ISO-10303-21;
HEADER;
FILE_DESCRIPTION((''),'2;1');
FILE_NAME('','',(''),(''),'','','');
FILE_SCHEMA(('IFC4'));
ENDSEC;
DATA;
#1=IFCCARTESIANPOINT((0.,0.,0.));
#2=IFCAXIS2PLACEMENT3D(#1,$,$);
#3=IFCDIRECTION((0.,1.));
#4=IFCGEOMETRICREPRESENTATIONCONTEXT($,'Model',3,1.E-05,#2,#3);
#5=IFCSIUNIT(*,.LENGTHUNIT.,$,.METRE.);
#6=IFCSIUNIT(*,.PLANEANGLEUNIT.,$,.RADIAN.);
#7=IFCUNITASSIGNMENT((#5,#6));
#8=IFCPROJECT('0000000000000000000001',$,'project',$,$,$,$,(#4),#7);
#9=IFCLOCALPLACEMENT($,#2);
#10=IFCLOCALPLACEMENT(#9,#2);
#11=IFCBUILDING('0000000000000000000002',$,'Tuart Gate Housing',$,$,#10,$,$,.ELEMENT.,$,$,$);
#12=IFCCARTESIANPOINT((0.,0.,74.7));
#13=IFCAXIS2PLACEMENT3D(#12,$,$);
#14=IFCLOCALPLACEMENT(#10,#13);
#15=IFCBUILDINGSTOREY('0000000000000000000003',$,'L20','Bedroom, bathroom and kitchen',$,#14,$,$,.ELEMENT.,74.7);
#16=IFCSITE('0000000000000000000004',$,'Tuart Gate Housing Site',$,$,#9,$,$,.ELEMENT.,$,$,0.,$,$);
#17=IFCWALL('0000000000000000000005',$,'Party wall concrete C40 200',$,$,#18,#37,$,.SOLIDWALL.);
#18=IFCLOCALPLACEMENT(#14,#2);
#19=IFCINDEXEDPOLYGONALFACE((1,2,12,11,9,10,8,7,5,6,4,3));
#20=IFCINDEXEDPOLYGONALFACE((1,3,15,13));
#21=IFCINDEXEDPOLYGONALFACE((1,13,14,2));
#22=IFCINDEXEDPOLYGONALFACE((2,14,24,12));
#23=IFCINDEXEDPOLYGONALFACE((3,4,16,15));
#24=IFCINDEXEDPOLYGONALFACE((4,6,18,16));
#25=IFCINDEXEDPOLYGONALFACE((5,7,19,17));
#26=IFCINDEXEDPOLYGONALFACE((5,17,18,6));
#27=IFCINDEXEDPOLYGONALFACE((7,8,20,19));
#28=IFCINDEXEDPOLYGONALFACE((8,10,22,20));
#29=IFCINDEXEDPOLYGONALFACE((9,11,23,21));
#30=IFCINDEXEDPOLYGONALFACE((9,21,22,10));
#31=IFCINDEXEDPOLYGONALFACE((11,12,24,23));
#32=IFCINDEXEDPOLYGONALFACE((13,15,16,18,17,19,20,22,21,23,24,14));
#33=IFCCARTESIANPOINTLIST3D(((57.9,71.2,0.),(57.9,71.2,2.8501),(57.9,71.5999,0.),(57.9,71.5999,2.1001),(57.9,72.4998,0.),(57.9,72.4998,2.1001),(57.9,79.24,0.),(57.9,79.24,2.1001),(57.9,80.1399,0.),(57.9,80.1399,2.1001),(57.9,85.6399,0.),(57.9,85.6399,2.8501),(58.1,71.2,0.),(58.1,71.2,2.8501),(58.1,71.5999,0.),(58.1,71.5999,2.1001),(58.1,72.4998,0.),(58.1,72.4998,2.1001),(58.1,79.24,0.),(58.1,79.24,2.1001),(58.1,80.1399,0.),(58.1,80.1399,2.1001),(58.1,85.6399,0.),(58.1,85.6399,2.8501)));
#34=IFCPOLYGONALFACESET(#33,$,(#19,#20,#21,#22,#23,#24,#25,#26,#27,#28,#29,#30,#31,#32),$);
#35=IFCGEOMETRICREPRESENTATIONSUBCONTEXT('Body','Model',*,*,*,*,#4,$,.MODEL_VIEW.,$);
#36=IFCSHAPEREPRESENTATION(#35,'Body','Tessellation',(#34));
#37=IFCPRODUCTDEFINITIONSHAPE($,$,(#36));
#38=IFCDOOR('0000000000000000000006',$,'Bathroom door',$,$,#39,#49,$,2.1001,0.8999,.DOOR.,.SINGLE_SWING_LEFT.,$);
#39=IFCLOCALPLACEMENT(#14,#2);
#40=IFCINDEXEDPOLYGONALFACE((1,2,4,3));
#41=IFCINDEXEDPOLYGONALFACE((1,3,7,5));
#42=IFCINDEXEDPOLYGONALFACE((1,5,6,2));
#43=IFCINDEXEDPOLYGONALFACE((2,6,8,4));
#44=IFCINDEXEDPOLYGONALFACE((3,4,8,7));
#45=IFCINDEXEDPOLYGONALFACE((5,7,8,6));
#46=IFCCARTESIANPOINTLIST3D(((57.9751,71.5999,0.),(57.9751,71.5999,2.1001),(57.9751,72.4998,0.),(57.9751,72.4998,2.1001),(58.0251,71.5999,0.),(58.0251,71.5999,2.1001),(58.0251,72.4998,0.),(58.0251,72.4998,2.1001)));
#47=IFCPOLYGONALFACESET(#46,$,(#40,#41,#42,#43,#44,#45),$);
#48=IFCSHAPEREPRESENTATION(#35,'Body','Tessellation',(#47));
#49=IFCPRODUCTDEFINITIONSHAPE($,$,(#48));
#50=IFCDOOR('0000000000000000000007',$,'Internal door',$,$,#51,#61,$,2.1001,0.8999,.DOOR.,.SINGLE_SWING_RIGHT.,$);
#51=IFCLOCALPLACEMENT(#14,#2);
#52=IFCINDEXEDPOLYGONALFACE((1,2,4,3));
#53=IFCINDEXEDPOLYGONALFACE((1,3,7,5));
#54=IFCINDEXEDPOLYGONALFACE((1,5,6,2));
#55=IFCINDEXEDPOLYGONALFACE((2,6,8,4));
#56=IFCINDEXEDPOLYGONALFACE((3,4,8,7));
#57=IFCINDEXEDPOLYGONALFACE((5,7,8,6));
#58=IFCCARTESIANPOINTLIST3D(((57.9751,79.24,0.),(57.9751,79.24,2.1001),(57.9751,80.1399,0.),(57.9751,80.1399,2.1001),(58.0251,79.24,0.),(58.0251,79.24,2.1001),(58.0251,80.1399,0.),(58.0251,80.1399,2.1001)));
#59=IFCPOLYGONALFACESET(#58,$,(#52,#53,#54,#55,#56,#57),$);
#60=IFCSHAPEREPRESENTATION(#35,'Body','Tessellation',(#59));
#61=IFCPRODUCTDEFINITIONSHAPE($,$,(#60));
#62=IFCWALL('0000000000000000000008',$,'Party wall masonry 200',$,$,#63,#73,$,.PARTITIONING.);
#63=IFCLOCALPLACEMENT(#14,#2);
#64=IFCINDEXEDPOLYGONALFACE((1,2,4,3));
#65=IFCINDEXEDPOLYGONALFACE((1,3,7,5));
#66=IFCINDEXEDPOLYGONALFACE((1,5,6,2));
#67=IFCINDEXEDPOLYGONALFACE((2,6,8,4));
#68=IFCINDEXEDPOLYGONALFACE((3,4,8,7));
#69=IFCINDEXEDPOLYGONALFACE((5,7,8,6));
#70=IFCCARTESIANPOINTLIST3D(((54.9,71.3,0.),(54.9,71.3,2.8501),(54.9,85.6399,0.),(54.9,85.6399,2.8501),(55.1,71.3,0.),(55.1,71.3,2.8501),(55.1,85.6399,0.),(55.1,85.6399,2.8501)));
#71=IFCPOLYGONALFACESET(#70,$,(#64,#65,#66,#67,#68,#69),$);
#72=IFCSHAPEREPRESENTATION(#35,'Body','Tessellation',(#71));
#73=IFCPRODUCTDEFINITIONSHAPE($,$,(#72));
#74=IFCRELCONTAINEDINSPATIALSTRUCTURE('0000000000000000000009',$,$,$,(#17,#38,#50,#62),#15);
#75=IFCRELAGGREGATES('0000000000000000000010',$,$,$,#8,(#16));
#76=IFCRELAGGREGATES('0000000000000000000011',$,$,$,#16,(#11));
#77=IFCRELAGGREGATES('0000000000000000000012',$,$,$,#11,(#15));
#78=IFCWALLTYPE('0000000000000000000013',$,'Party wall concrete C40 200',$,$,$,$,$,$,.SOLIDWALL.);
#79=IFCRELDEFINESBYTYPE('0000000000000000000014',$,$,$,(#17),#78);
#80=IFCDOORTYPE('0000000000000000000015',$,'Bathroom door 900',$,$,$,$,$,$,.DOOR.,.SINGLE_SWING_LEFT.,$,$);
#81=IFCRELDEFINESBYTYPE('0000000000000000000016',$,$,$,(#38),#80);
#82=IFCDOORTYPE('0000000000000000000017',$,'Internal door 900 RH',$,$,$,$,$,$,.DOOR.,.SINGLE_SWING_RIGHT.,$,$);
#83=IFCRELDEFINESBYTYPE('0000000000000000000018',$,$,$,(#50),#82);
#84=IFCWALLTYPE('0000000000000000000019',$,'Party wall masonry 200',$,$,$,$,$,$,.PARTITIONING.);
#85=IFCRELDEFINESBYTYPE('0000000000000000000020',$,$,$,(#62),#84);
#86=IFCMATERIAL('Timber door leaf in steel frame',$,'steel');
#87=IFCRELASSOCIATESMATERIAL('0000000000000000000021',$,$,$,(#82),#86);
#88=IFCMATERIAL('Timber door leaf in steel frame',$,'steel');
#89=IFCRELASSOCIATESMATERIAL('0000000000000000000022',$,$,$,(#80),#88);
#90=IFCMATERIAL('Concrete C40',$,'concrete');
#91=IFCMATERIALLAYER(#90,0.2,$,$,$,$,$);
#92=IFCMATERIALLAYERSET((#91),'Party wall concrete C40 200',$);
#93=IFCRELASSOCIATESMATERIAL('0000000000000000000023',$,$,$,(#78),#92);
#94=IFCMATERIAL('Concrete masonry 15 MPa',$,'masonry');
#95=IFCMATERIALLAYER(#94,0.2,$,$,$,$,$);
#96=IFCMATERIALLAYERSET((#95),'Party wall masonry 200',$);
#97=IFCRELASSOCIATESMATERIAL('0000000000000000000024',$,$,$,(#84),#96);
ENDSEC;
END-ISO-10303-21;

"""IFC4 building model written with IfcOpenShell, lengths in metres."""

from ifc_helpers import new_model, si_unit, direction, frame, frame_2d, origin, place, context, subcontext, project, spatial, rectangle, extrude, material, layer, layer_set, type_object, element, fill, save


model = new_model("IFC4")

# Units and contexts
model_context = context("Model", 3, precision=1e-05, world=origin(), true_north=direction((0.0, 1.0)))
body_context = subcontext(model_context, "Body", "Model", "MODEL_VIEW")
ifc_project = project(units=[si_unit("LENGTHUNIT", "METRE"), si_unit("PLANEANGLEUNIT", "RADIAN")], contexts=[model_context])

# Site, building, storey
site_placement = place(None, origin())
site = spatial("IfcSite", under=ifc_project, at=site_placement, Name="Tuart Gate Housing Site", CompositionType="ELEMENT", RefElevation=0.0)
building_placement = place(site_placement, origin())
building = spatial("IfcBuilding", under=site, at=building_placement, Name="Tuart Gate Housing", CompositionType="ELEMENT")
storey_placement = place(building_placement, frame((0.0, 0.0, 74.7)))
storey = spatial("IfcBuildingStorey", under=building, at=storey_placement, Name="L20", Description="Bedroom, bathroom and kitchen", CompositionType="ELEMENT", Elevation=74.7)

# Shared definitions
ifc_material_1 = material(Name="Timber door leaf in steel frame", Category="steel")
door_type_1 = type_object("IfcDoorType", Name="Internal door 900 RH", OperationType="SINGLE_SWING_RIGHT", PredefinedType="DOOR", material=ifc_material_1)

# Shared definitions
ifc_material_2 = material(Name="Timber door leaf in steel frame", Category="steel")
door_type_2 = type_object("IfcDoorType", Name="Bathroom door 900", OperationType="SINGLE_SWING_LEFT", PredefinedType="DOOR", material=ifc_material_2)

# Shared definitions
ifc_material_3 = material(Name="Concrete C40", Category="concrete")
ifc_layer_1 = layer(ifc_material_3, 0.2)
ifc_layer_set_1 = layer_set([ifc_layer_1], Name="Party wall concrete C40 200")
wall_type_1 = type_object("IfcWallType", Name="Party wall concrete C40 200", PredefinedType="SOLIDWALL", material=ifc_layer_set_1)

# Wall, openings, doors
wall_1_placement = place(storey_placement, frame((58.0, 71.2, 0.0), z_axis=(0.0, 0.0, 1.0), x_axis=(0.0, 1.0, 0.0)))
wall_1 = element("IfcWall", 1, at=wall_1_placement, inside=storey, type_object=wall_type_1, Name="Party wall concrete C40 200", PredefinedType="SOLIDWALL", context=body_context, shape_type="SweptSolid", body=[
    extrude(rectangle(XDim=14.4399, YDim=0.2, at=frame_2d((7.22, 0.0))), origin(), (0.0, 0.0, 1.0), 2.8501),
])
opening_1_placement = place(wall_1_placement, frame((8.04, 0.0, 0.0)))
opening_1 = element("IfcOpeningElement", 2, at=opening_1_placement, cuts=wall_1, PredefinedType="OPENING", context=body_context, shape_type="SweptSolid", body=[
    extrude(rectangle(XDim=0.8999, YDim=2.1001, at=frame_2d((0.45, 1.05))), frame((0.0, 0.1099, 0.0), z_axis=(0.0, -1.0, 0.0), x_axis=(1.0, 0.0, 0.0)), (0.0, 0.0, 1.0), 0.22),
])
opening_2_placement = place(wall_1_placement, frame((0.3999, 0.0, 0.0)))
opening_2 = element("IfcOpeningElement", 3, at=opening_2_placement, cuts=wall_1, PredefinedType="OPENING", context=body_context, shape_type="SweptSolid", body=[
    extrude(rectangle(XDim=0.8999, YDim=2.1001, at=frame_2d((0.45, 1.05))), frame((0.0, 0.1099, 0.0), z_axis=(0.0, -1.0, 0.0), x_axis=(1.0, 0.0, 0.0)), (0.0, 0.0, 1.0), 0.22),
])
door_1_placement = place(opening_2_placement, origin())
door_1 = element("IfcDoor", 4, at=door_1_placement, inside=storey, type_object=door_type_2, Name="Bathroom door", OperationType="SINGLE_SWING_LEFT", OverallHeight=2.1001, OverallWidth=0.8999, PredefinedType="DOOR", context=body_context, shape_type="SweptSolid", body=[
    extrude(rectangle(XDim=0.8999, YDim=2.1001, at=frame_2d((0.45, 1.05))), frame((0.0, 0.0249, 0.0), z_axis=(0.0, -1.0, 0.0), x_axis=(1.0, 0.0, 0.0)), (0.0, 0.0, 1.0), 0.05),
])
fill(opening_2, door_1)
door_2_placement = place(opening_1_placement, origin())
door_2 = element("IfcDoor", 5, at=door_2_placement, inside=storey, type_object=door_type_1, Name="Internal door", OperationType="SINGLE_SWING_RIGHT", OverallHeight=2.1001, OverallWidth=0.8999, PredefinedType="DOOR", context=body_context, shape_type="SweptSolid", body=[
    extrude(rectangle(XDim=0.8999, YDim=2.1001, at=frame_2d((0.45, 1.05))), frame((0.0, 0.0249, 0.0), z_axis=(0.0, -1.0, 0.0), x_axis=(1.0, 0.0, 0.0)), (0.0, 0.0, 1.0), 0.05),
])
fill(opening_1, door_2)

# Wall
ifc_material_4 = material(Name="Concrete masonry 15 MPa", Category="masonry")
ifc_layer_2 = layer(ifc_material_4, 0.2)
ifc_layer_set_2 = layer_set([ifc_layer_2], Name="Party wall masonry 200")
wall_type_2 = type_object("IfcWallType", Name="Party wall masonry 200", PredefinedType="PARTITIONING", material=ifc_layer_set_2)
wall_2_placement = place(storey_placement, frame((55.0, 71.3, 0.0), z_axis=(0.0, 0.0, 1.0), x_axis=(0.0, 1.0, 0.0)))
element("IfcWall", 6, at=wall_2_placement, inside=storey, type_object=wall_type_2, Name="Party wall masonry 200", PredefinedType="PARTITIONING", context=body_context, shape_type="SweptSolid", body=[
    extrude(rectangle(XDim=14.3398, YDim=0.2, at=frame_2d((7.1699, 0.0))), origin(), (0.0, 0.0, 1.0), 2.8501),
])

save(model, "model.ifc")
